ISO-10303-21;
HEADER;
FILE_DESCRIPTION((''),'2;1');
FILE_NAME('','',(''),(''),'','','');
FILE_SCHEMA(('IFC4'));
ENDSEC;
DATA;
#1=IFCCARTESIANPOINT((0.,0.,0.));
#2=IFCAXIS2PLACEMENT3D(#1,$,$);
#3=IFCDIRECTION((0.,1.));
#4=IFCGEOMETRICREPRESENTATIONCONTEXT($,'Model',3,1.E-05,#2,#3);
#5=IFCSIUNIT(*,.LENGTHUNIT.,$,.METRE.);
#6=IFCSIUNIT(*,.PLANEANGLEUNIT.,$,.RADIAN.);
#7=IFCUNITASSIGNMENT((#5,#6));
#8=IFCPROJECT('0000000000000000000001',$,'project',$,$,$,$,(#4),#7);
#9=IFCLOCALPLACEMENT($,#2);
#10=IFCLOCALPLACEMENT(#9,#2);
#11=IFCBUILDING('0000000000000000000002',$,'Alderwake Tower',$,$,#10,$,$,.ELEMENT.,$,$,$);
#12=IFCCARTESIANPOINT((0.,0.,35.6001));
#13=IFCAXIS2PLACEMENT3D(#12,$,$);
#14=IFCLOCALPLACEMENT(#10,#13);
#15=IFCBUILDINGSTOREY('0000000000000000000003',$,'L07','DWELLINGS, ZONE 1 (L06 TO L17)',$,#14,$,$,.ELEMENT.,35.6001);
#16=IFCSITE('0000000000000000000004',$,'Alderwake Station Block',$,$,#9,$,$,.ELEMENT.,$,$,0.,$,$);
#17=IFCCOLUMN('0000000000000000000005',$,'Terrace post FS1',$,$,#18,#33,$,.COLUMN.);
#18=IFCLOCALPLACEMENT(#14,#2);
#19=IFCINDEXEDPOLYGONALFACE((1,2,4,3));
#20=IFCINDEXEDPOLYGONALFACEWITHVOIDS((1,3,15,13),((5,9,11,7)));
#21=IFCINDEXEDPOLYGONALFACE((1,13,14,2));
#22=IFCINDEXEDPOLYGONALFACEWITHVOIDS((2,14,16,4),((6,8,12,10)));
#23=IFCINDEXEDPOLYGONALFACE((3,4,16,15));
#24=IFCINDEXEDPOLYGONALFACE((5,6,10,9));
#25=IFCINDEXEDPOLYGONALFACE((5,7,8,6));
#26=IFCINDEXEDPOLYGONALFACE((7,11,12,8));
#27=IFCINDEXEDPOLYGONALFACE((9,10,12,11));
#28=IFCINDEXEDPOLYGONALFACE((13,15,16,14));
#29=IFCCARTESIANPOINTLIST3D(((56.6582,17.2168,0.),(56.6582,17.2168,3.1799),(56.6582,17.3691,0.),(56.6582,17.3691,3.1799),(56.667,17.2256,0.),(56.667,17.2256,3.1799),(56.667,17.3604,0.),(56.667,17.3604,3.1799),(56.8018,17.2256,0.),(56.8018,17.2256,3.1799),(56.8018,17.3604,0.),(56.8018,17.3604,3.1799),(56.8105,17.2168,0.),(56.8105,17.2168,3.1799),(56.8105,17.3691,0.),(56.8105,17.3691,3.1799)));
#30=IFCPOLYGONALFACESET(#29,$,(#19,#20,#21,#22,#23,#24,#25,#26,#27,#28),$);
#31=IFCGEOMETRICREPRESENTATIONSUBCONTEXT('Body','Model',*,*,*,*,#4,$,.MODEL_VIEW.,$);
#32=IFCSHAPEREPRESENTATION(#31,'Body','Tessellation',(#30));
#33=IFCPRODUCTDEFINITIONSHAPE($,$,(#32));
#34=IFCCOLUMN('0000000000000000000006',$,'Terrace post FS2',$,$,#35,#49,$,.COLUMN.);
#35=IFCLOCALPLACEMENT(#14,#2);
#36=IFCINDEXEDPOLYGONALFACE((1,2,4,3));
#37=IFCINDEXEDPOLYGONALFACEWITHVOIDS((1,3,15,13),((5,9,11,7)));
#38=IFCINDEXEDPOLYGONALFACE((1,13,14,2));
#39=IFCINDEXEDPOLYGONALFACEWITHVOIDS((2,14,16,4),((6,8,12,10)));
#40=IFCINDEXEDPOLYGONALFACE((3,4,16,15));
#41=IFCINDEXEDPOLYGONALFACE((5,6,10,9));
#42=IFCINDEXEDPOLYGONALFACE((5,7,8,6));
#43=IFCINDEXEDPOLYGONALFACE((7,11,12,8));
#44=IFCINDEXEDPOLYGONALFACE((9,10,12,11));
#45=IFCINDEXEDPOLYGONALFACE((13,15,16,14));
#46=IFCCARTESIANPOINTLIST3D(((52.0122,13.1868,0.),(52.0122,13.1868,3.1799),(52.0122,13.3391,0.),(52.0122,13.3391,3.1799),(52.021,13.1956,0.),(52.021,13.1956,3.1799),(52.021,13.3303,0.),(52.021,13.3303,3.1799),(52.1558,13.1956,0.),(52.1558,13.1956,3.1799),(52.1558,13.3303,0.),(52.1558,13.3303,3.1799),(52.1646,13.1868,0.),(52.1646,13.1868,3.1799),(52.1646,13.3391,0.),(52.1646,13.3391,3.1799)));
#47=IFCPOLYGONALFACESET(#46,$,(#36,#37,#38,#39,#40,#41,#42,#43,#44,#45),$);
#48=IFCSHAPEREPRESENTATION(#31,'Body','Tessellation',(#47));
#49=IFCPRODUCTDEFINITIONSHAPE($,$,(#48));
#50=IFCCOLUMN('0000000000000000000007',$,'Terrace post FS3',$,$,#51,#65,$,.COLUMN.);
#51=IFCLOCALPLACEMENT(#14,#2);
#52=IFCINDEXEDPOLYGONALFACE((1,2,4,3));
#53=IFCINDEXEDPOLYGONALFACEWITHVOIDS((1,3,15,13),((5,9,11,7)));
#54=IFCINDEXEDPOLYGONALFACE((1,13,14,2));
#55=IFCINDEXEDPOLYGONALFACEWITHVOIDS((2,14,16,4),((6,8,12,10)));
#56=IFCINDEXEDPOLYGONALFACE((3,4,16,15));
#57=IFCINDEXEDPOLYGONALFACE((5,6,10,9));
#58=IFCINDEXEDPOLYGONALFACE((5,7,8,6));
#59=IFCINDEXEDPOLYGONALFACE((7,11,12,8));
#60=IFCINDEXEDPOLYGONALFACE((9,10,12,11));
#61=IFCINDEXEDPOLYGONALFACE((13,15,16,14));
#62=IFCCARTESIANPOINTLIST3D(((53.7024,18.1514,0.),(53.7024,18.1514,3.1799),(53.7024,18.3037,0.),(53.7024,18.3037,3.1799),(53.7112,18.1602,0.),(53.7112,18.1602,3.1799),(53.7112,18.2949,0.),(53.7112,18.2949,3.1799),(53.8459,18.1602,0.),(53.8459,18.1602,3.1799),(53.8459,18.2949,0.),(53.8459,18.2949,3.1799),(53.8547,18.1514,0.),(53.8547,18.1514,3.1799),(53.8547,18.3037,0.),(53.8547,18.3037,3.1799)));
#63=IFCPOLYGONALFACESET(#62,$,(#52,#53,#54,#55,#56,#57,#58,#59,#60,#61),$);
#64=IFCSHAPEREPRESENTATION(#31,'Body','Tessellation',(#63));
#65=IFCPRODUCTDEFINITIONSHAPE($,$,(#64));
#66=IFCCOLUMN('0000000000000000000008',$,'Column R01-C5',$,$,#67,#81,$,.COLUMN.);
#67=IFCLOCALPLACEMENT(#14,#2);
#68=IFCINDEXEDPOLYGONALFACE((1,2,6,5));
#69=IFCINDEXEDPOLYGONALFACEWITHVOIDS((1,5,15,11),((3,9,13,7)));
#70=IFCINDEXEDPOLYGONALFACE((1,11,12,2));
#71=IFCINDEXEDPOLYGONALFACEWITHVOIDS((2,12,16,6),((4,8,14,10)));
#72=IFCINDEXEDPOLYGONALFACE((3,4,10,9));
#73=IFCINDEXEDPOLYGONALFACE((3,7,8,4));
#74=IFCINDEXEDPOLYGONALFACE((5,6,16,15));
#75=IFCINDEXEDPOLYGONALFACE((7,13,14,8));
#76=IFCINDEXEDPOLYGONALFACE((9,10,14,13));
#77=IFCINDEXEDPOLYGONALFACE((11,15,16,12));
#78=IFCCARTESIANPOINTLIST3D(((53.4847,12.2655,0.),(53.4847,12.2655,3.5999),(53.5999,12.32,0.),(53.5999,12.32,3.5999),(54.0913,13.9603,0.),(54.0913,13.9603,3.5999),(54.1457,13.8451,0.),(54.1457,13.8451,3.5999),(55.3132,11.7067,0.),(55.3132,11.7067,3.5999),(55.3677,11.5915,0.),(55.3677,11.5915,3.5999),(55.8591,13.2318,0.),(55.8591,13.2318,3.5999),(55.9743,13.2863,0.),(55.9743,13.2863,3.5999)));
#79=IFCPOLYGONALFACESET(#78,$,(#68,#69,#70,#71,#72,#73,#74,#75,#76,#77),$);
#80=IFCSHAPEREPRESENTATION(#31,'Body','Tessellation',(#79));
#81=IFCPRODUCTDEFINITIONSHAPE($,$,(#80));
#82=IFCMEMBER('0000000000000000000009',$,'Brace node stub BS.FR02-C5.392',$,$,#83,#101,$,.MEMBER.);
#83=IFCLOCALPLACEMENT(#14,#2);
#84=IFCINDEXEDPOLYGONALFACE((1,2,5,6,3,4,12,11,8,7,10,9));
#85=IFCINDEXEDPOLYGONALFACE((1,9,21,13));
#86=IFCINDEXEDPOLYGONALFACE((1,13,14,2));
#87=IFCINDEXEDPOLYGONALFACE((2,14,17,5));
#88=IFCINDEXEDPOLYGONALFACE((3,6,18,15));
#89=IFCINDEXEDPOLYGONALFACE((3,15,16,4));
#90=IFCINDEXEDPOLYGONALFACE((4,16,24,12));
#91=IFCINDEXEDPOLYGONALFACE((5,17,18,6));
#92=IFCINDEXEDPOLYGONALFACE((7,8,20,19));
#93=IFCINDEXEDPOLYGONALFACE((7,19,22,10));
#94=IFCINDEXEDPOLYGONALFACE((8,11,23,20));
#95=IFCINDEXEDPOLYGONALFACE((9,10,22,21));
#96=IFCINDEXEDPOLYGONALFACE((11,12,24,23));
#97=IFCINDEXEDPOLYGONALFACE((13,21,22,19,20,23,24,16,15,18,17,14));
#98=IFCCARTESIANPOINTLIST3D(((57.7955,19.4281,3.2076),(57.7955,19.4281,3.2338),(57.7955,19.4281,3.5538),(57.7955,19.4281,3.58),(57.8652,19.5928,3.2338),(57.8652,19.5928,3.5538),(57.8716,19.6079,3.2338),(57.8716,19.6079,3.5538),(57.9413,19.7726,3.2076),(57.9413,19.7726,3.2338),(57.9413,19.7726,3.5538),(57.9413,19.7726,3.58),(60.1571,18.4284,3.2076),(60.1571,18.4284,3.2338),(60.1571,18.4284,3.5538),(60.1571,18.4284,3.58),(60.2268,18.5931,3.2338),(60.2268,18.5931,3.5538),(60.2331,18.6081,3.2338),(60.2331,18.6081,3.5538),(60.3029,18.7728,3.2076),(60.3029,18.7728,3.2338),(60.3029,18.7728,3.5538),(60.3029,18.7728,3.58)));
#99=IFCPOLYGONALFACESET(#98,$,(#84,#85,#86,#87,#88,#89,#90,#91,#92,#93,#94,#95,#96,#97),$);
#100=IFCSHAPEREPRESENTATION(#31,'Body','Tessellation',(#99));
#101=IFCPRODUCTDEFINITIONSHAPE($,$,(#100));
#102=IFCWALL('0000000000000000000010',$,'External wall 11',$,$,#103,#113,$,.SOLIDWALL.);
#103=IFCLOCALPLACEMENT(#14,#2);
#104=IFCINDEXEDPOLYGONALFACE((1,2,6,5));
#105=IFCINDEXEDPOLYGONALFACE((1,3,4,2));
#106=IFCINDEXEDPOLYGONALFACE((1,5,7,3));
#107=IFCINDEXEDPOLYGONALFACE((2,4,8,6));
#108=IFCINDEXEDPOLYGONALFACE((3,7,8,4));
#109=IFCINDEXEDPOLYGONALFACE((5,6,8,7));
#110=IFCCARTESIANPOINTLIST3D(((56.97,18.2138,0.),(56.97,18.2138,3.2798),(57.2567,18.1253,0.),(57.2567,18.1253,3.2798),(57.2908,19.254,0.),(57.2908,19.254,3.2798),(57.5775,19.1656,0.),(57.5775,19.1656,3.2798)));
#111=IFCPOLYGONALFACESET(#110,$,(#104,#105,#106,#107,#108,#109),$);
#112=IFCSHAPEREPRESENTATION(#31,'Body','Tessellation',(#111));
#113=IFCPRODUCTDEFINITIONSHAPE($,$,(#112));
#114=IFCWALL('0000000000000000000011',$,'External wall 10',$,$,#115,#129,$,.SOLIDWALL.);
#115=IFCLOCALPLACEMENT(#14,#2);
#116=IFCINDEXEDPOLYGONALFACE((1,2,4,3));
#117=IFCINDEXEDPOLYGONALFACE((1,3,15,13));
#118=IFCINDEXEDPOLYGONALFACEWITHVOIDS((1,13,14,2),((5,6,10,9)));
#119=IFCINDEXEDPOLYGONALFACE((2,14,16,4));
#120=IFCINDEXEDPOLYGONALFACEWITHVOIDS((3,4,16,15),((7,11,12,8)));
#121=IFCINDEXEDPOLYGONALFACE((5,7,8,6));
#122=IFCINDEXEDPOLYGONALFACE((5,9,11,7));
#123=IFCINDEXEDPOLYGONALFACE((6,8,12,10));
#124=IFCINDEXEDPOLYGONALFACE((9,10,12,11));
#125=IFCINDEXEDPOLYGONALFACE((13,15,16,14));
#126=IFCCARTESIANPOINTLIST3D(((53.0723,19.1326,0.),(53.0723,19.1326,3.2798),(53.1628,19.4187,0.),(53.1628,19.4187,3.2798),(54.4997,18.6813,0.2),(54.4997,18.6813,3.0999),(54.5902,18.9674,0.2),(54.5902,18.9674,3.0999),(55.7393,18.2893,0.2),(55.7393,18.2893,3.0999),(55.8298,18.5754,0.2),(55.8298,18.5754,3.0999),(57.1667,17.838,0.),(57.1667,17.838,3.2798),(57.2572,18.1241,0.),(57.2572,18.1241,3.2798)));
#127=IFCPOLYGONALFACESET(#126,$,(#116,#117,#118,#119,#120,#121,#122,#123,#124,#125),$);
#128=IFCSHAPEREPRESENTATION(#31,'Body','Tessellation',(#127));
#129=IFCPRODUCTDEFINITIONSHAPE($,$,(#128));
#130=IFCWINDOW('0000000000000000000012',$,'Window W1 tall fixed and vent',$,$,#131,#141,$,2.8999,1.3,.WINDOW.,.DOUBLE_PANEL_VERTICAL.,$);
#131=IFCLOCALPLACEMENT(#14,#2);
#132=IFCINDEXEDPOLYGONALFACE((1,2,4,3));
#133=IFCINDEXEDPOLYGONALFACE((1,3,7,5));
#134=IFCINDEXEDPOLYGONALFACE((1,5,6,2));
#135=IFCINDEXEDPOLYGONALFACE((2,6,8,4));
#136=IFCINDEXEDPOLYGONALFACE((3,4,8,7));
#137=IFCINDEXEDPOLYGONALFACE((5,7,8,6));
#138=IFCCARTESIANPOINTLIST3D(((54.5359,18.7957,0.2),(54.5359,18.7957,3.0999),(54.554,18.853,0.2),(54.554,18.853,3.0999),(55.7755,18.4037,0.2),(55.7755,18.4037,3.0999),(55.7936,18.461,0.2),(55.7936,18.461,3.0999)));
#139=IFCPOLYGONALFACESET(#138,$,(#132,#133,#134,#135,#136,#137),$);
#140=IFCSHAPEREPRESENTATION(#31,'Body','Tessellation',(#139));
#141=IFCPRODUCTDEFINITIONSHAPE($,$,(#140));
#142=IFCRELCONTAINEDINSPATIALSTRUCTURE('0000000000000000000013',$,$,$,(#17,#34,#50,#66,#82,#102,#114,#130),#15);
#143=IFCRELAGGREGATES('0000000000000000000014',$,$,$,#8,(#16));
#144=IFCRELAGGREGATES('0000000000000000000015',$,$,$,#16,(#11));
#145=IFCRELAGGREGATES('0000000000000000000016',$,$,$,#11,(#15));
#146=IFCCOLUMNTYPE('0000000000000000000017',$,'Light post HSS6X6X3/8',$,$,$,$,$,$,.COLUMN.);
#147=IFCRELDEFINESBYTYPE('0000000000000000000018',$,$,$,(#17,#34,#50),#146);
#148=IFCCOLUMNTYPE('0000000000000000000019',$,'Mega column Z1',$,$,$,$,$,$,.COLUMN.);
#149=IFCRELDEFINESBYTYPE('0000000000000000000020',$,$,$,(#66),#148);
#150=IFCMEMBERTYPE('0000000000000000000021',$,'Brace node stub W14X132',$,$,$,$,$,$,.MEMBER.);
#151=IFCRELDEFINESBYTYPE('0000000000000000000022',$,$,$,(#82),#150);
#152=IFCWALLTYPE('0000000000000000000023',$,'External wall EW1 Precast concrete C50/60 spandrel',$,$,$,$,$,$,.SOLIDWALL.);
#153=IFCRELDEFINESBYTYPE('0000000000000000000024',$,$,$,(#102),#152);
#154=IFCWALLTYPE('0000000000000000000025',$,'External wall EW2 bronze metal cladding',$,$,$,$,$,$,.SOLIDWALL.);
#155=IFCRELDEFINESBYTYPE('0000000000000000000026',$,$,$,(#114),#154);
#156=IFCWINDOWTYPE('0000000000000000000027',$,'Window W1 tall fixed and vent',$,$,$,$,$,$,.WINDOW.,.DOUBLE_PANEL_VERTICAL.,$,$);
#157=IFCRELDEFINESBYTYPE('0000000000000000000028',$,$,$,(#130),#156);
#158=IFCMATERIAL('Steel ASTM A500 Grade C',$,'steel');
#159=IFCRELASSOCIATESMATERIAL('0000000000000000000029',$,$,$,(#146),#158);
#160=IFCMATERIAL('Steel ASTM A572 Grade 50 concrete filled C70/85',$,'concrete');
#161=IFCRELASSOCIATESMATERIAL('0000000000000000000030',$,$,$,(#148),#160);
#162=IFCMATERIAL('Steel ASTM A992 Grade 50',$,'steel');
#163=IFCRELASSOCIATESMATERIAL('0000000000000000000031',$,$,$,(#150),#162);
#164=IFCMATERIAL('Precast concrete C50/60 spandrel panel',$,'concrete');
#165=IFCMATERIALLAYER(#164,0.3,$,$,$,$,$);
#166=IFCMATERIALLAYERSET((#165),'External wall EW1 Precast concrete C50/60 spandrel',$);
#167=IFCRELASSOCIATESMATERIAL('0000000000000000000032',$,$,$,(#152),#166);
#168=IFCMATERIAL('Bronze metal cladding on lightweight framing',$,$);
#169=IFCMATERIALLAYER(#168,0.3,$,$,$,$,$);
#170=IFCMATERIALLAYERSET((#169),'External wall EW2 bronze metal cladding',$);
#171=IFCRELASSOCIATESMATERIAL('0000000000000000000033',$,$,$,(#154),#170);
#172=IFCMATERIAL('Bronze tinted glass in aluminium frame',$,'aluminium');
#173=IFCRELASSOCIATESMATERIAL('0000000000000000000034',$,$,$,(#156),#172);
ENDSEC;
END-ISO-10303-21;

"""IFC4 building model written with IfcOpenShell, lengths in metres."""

from ifc_helpers import new_model, si_unit, direction, frame, frame_2d, origin, origin_2d, place, context, subcontext, project, spatial, rectangle, hollow_rectangle, i_section, extrude, material, layer, layer_set, material_profile, profile_set, type_object, element, fill, save


model = new_model("IFC4")

# Units and contexts
model_context = context("Model", 3, precision=1e-05, world=origin(), true_north=direction((0.0, 1.0)))
body_context = subcontext(model_context, "Body", "Model", "MODEL_VIEW")
ifc_project = project(units=[si_unit("LENGTHUNIT", "METRE"), si_unit("PLANEANGLEUNIT", "RADIAN")], contexts=[model_context])

# Site, building, storey
site_placement = place(None, origin())
site = spatial("IfcSite", under=ifc_project, at=site_placement, Name="Alderwake Station Block", CompositionType="ELEMENT", RefElevation=0.0)
building_placement = place(site_placement, origin())
building = spatial("IfcBuilding", under=site, at=building_placement, Name="Alderwake Tower", CompositionType="ELEMENT")
storey_placement = place(building_placement, frame((0.0, 0.0, 35.6001)))
storey = spatial("IfcBuildingStorey", under=building, at=storey_placement, Name="L07", Description="DWELLINGS, ZONE 1 (L06 TO L17)", CompositionType="ELEMENT", Elevation=35.6001)

# Columns
ifc_material_1 = material(Name="Steel ASTM A500 Grade C", Category="steel")
ifc_material_profile_1 = material_profile(ifc_material_1, hollow_rectangle(XDim=0.1523, YDim=0.1523, WallThickness=0.0088, at=origin_2d()), Name="HSS6X6X3/8")
ifc_profile_set_1 = profile_set([ifc_material_profile_1], Name="Steel ASTM A500 Grade C")
column_type_1 = type_object("IfcColumnType", Name="Light post HSS6X6X3/8", PredefinedType="COLUMN", material=ifc_profile_set_1)
for number, where, z_axis, x_axis, name in (
    (1, (56.7344, 17.293, 0.0), (0.0, 0.0, 1.0), (1.0, 0.0, 0.0), "Terrace post FS1"),
    (2, (52.0884, 13.2629, 0.0), (0.0, 0.0, 1.0), (1.0, 0.0, 0.0), "Terrace post FS2"),
    (3, (53.7786, 18.2275, 0.0), (0.0, 0.0, 1.0), (1.0, 0.0, 0.0), "Terrace post FS3"),
):
    element("IfcColumn", number, at=place(storey_placement, frame(where, z_axis=z_axis, x_axis=x_axis)), inside=storey, type_object=column_type_1, Name=name, PredefinedType="COLUMN", context=body_context, shape_type="SweptSolid", body=[
        extrude(hollow_rectangle(XDim=0.1523, YDim=0.1523, WallThickness=0.0088, at=origin_2d()), origin(), (0.0, 0.0, 1.0), 3.1799),
    ])
ifc_material_2 = material(Name="Steel ASTM A572 Grade 50 concrete filled C70/85", Category="concrete")
ifc_material_profile_2 = material_profile(ifc_material_2, hollow_rectangle(XDim=1.8, YDim=2.0, WallThickness=0.0901, at=origin_2d()), Name="BOX 2000X1800X90")
ifc_profile_set_2 = profile_set([ifc_material_profile_2], Name="Steel ASTM A572 Grade 50 concrete filled C70/85")
column_type_2 = type_object("IfcColumnType", Name="Mega column Z1", PredefinedType="COLUMN", material=ifc_profile_set_2)
column_placement = place(storey_placement, frame((54.7295, 12.7759, 0.0), z_axis=(0.0, 0.0, 1.0), x_axis=(0.336995, 0.941506, 0.0)))
element("IfcColumn", 4, at=column_placement, inside=storey, type_object=column_type_2, Name="Column R01-C5", PredefinedType="COLUMN", context=body_context, shape_type="SweptSolid", body=[
    extrude(hollow_rectangle(XDim=1.8, YDim=2.0, WallThickness=0.0901, at=origin_2d()), origin(), (0.0, 0.0, 1.0), 3.5999),
])

# Member
ifc_material_3 = material(Name="Steel ASTM A992 Grade 50", Category="steel")
ifc_material_profile_3 = material_profile(ifc_material_3, i_section(OverallWidth=0.374, OverallDepth=0.3723, WebThickness=0.0164, FlangeThickness=0.0261, at=origin_2d()), Name="W14X132")
ifc_profile_set_3 = profile_set([ifc_material_profile_3], Name="Steel ASTM A992 Grade 50")
member_type = type_object("IfcMemberType", Name="Brace node stub W14X132", PredefinedType="MEMBER", material=ifc_profile_set_3)
member_placement = place(storey_placement, frame((57.8684, 19.6003, 3.3938), z_axis=(0.920879, -0.389848, 0.0), x_axis=(0.389848, 0.920879, 0.0)))
element("IfcMember", 5, at=member_placement, inside=storey, type_object=member_type, Name="Brace node stub BS.FR02-C5.392", PredefinedType="MEMBER", context=body_context, shape_type="SweptSolid", body=[
    extrude(i_section(OverallWidth=0.374, OverallDepth=0.3723, WebThickness=0.0164, FlangeThickness=0.0261, at=origin_2d()), origin(), (0.0, 0.0, 1.0), 2.5645),
])

# Wall
ifc_material_4 = material(Name="Precast concrete C50/60 spandrel panel", Category="concrete")
ifc_layer_1 = layer(ifc_material_4, 0.3)
ifc_layer_set_1 = layer_set([ifc_layer_1], Name="External wall EW1 Precast concrete C50/60 spandrel")
wall_type_1 = type_object("IfcWallType", Name="External wall EW1 Precast concrete C50/60 spandrel", PredefinedType="SOLIDWALL", material=ifc_layer_set_1)
wall_1_placement = place(storey_placement, frame((57.1133, 18.1694, 0.0), z_axis=(0.0, 0.0, 1.0), x_axis=(0.294685, 0.955595, 0.0)))
element("IfcWall", 6, at=wall_1_placement, inside=storey, type_object=wall_type_1, Name="External wall 11", PredefinedType="SOLIDWALL", context=body_context, shape_type="SweptSolid", body=[
    extrude(rectangle(XDim=1.0886, YDim=0.3, at=frame_2d((0.5444, 0.0))), origin(), (0.0, 0.0, 1.0), 3.2798),
])

# Shared definitions
ifc_material_5 = material(Name="Bronze metal cladding on lightweight framing")
ifc_layer_2 = layer(ifc_material_5, 0.3)
ifc_layer_set_2 = layer_set([ifc_layer_2], Name="External wall EW2 bronze metal cladding")
wall_type_2 = type_object("IfcWallType", Name="External wall EW2 bronze metal cladding", PredefinedType="SOLIDWALL", material=ifc_layer_set_2)
ifc_material_6 = material(Name="Bronze tinted glass in aluminium frame", Category="aluminium")
window_type = type_object("IfcWindowType", Name="Window W1 tall fixed and vent", PartitioningType="DOUBLE_PANEL_VERTICAL", PredefinedType="WINDOW", material=ifc_material_6)

# Wall, opening, window
wall_2_placement = place(storey_placement, frame((53.1177, 19.2756, 0.0), z_axis=(0.0, 0.0, 1.0), x_axis=(0.95347, -0.301488, 0.0)))
wall_2 = element("IfcWall", 7, at=wall_2_placement, inside=storey, type_object=wall_type_2, Name="External wall 10", PredefinedType="SOLIDWALL", context=body_context, shape_type="SweptSolid", body=[
    extrude(rectangle(XDim=4.2942, YDim=0.3, at=frame_2d((2.147, 0.0))), origin(), (0.0, 0.0, 1.0), 3.2798),
])
opening_1_placement = place(wall_2_placement, frame((1.4971, 0.0, 0.2)))
opening_1 = element("IfcOpeningElement", 8, at=opening_1_placement, cuts=wall_2, PredefinedType="OPENING", context=body_context, shape_type="SweptSolid", body=[
    extrude(rectangle(XDim=1.3, YDim=2.8999, at=frame_2d((0.6499, 1.45))), frame((0.0, 0.1599, 0.0), z_axis=(0.0, -1.0, 0.0), x_axis=(1.0, 0.0, 0.0)), (0.0, 0.0, 1.0), 0.3201),
])
window_1_placement = place(opening_1_placement, origin())
window_1 = element("IfcWindow", 9, at=window_1_placement, inside=storey, type_object=window_type, Name="Window W1 tall fixed and vent", OverallHeight=2.8999, OverallWidth=1.3, PartitioningType="DOUBLE_PANEL_VERTICAL", PredefinedType="WINDOW", context=body_context, shape_type="SweptSolid", body=[
    extrude(rectangle(XDim=1.3, YDim=2.8999, at=frame_2d((0.6499, 1.45))), frame((0.0, 0.03, 0.0), z_axis=(0.0, -1.0, 0.0), x_axis=(1.0, 0.0, 0.0)), (0.0, 0.0, 1.0), 0.0601),
])
fill(opening_1, window_1)

save(model, "model.ifc")
